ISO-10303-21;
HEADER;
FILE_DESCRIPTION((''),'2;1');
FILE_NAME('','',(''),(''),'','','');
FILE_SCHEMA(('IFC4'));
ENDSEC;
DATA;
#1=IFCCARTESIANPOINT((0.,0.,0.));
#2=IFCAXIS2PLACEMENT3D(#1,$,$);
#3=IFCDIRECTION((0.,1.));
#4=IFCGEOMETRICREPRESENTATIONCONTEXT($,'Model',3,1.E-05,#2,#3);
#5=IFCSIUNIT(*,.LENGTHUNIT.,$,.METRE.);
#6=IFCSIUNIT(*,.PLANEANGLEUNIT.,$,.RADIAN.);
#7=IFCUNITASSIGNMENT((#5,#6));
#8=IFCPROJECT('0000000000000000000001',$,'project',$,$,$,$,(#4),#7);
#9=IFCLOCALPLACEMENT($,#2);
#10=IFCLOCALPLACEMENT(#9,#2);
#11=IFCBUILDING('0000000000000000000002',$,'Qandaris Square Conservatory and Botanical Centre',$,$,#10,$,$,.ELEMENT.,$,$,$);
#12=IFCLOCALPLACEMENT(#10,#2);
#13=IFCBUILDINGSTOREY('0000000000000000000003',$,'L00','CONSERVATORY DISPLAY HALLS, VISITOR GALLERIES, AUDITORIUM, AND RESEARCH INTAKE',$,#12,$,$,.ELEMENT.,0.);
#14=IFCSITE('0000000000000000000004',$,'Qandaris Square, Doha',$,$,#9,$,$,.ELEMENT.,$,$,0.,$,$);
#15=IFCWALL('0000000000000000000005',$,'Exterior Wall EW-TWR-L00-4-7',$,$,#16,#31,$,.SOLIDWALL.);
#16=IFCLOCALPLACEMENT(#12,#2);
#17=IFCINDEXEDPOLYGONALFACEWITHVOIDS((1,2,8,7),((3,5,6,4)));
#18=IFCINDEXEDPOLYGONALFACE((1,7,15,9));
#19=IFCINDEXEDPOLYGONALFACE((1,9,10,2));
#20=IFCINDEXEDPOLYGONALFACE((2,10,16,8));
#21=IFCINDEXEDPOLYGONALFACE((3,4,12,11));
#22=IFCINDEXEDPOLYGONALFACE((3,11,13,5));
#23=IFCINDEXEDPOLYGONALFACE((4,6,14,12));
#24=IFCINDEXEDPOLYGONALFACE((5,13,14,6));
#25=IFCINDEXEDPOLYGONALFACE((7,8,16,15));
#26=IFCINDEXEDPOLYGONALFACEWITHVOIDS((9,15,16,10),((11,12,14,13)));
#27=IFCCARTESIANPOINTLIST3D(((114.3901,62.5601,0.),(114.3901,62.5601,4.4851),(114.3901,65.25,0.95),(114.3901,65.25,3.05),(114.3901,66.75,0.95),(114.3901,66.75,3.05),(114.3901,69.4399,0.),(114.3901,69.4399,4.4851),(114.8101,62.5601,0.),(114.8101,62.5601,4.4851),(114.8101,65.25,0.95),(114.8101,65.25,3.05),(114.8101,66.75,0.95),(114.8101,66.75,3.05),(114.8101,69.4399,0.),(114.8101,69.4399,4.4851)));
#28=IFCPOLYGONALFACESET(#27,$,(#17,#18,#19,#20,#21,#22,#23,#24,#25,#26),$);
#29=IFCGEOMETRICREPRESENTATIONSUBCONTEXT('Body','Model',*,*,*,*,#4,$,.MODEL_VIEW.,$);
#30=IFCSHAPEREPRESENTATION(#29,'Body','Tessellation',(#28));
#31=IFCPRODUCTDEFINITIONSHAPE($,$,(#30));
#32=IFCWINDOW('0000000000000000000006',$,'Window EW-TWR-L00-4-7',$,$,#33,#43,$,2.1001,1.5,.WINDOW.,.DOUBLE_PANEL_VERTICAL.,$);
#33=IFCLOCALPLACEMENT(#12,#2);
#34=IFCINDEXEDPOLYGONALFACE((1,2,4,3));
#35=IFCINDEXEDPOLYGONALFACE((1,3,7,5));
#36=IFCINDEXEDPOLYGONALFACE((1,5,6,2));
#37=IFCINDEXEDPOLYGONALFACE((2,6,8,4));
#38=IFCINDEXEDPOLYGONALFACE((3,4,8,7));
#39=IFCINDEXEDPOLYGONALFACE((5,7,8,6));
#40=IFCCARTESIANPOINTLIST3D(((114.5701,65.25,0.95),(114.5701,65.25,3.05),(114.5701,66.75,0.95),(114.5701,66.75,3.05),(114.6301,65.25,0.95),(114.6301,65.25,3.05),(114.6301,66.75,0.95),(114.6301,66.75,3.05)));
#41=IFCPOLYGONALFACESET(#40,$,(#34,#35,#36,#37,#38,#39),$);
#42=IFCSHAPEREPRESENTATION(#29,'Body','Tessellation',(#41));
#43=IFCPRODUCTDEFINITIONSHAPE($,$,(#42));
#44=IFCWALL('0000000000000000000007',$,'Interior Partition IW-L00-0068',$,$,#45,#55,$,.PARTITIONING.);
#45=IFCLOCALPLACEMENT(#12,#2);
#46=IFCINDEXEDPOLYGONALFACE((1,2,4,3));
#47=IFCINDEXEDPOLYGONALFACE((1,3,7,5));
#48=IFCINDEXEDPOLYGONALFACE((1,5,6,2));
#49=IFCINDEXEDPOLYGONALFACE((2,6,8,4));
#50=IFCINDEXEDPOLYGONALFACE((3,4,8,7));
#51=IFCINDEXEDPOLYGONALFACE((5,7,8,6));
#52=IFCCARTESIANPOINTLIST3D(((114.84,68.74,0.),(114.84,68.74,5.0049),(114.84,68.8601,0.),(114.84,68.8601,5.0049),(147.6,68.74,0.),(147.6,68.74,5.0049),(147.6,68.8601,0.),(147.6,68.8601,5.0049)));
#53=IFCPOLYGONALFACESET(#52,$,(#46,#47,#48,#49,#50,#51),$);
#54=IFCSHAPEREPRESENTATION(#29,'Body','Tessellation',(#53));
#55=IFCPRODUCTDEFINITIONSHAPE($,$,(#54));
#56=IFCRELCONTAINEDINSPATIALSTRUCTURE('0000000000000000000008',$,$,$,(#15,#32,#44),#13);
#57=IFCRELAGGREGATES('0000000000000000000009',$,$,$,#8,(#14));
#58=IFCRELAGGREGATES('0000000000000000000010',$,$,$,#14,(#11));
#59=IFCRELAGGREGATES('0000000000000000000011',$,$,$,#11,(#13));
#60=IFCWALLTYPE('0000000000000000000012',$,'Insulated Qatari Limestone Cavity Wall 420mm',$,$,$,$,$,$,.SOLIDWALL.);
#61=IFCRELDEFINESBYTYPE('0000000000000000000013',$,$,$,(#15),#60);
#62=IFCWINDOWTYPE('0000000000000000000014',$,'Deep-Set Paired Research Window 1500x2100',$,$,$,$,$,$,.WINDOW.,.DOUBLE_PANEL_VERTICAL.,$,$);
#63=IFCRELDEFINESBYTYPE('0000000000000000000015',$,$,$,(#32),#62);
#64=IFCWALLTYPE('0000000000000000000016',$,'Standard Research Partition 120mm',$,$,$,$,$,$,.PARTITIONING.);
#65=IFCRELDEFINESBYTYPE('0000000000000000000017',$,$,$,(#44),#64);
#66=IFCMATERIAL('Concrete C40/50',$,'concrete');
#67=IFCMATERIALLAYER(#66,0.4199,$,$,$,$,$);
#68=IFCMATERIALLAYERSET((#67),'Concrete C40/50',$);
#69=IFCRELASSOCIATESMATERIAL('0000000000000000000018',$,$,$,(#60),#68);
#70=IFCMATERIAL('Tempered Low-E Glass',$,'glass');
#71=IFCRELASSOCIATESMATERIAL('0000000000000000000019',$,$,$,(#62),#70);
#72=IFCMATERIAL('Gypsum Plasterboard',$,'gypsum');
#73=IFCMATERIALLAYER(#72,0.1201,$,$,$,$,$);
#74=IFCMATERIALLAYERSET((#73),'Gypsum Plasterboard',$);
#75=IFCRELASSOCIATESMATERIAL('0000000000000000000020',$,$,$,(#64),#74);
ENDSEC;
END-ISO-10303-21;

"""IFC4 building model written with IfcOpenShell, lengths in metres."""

from ifc_helpers import new_model, si_unit, direction, frame, frame_2d, origin, place, context, subcontext, project, spatial, rectangle, extrude, material, layer, layer_set, type_object, element, fill, save


model = new_model("IFC4")

# Units and contexts
model_context = context("Model", 3, precision=1e-05, world=origin(), true_north=direction((0.0, 1.0)))
body_context = subcontext(model_context, "Body", "Model", "MODEL_VIEW")
ifc_project = project(units=[si_unit("LENGTHUNIT", "METRE"), si_unit("PLANEANGLEUNIT", "RADIAN")], contexts=[model_context])

# Site, building, storey
site_placement = place(None, origin())
site = spatial("IfcSite", under=ifc_project, at=site_placement, Name="Qandaris Square, Doha", CompositionType="ELEMENT", RefElevation=0.0)
building_placement = place(site_placement, origin())
building = spatial("IfcBuilding", under=site, at=building_placement, Name="Qandaris Square Conservatory and Botanical Centre", CompositionType="ELEMENT")
storey_placement = place(building_placement, origin())
storey = spatial("IfcBuildingStorey", under=building, at=storey_placement, Name="L00", Description="CONSERVATORY DISPLAY HALLS, VISITOR GALLERIES, AUDITORIUM, AND RESEARCH INTAKE", CompositionType="ELEMENT", Elevation=0.0)

# Shared definitions
ifc_material_1 = material(Name="Concrete C40/50", Category="concrete")

# Wall, opening, window
ifc_layer_1 = layer(ifc_material_1, 0.4199)
ifc_layer_set_1 = layer_set([ifc_layer_1], Name="Concrete C40/50")
wall_type_1 = type_object("IfcWallType", Name="Insulated Qatari Limestone Cavity Wall 420mm", PredefinedType="SOLIDWALL", material=ifc_layer_set_1)
ifc_material_2 = material(Name="Tempered Low-E Glass", Category="glass")
wall_1_placement = place(storey_placement, frame((114.6001, 69.4399, 0.0), z_axis=(0.0, 0.0, 1.0), x_axis=(0.0, -1.0, 0.0)))
wall_1 = element("IfcWall", 1, at=wall_1_placement, inside=storey, type_object=wall_type_1, Name="Exterior Wall EW-TWR-L00-4-7", PredefinedType="SOLIDWALL", context=body_context, shape_type="SweptSolid", body=[
    extrude(rectangle(XDim=6.8799, YDim=0.4199, at=frame_2d((3.4399, 0.0))), origin(), (0.0, 0.0, 1.0), 4.4851),
])
opening_1_placement = place(wall_1_placement, frame((2.6899, 0.0, 0.95)))
opening_1 = element("IfcOpeningElement", 2, at=opening_1_placement, cuts=wall_1, PredefinedType="OPENING", context=body_context, shape_type="SweptSolid", body=[
    extrude(rectangle(XDim=1.5, YDim=2.1001, at=frame_2d((0.75, 1.05))), frame((0.0, 0.2219, 0.0), z_axis=(0.0, -1.0, 0.0), x_axis=(1.0, 0.0, 0.0)), (0.0, 0.0, 1.0), 0.4438),
])
window_type_1 = type_object("IfcWindowType", Name="Deep-Set Paired Research Window 1500x2100", PartitioningType="DOUBLE_PANEL_VERTICAL", PredefinedType="WINDOW", material=ifc_material_2)
window_1_placement = place(opening_1_placement, origin())
window_1 = element("IfcWindow", 3, at=window_1_placement, inside=storey, type_object=window_type_1, Name="Window EW-TWR-L00-4-7", OverallHeight=2.1001, OverallWidth=1.5, PartitioningType="DOUBLE_PANEL_VERTICAL", PredefinedType="WINDOW", context=body_context, shape_type="SweptSolid", body=[
    extrude(rectangle(XDim=1.5, YDim=2.1001, at=frame_2d((0.75, 1.05))), frame((0.0, 0.03, 0.0), z_axis=(0.0, -1.0, 0.0), x_axis=(1.0, 0.0, 0.0)), (0.0, 0.0, 1.0), 0.0601),
])
fill(opening_1, window_1)

# Wall
ifc_material_3 = material(Name="Gypsum Plasterboard", Category="gypsum")
ifc_layer_2 = layer(ifc_material_3, 0.1201)
ifc_layer_set_2 = layer_set([ifc_layer_2], Name="Gypsum Plasterboard")
wall_type_2 = type_object("IfcWallType", Name="Standard Research Partition 120mm", PredefinedType="PARTITIONING", material=ifc_layer_set_2)
wall_2_placement = place(storey_placement, frame((114.8401, 68.8, 0.0), z_axis=(0.0, 0.0, 1.0), x_axis=(1.0, 0.0, 0.0)))
element("IfcWall", 4, at=wall_2_placement, inside=storey, type_object=wall_type_2, Name="Interior Partition IW-L00-0068", PredefinedType="PARTITIONING", context=body_context, shape_type="SweptSolid", body=[
    extrude(rectangle(XDim=32.76, YDim=0.1201, at=frame_2d((16.3799, 0.0))), origin(), (0.0, 0.0, 1.0), 5.0049),
])

save(model, "model.ifc")
